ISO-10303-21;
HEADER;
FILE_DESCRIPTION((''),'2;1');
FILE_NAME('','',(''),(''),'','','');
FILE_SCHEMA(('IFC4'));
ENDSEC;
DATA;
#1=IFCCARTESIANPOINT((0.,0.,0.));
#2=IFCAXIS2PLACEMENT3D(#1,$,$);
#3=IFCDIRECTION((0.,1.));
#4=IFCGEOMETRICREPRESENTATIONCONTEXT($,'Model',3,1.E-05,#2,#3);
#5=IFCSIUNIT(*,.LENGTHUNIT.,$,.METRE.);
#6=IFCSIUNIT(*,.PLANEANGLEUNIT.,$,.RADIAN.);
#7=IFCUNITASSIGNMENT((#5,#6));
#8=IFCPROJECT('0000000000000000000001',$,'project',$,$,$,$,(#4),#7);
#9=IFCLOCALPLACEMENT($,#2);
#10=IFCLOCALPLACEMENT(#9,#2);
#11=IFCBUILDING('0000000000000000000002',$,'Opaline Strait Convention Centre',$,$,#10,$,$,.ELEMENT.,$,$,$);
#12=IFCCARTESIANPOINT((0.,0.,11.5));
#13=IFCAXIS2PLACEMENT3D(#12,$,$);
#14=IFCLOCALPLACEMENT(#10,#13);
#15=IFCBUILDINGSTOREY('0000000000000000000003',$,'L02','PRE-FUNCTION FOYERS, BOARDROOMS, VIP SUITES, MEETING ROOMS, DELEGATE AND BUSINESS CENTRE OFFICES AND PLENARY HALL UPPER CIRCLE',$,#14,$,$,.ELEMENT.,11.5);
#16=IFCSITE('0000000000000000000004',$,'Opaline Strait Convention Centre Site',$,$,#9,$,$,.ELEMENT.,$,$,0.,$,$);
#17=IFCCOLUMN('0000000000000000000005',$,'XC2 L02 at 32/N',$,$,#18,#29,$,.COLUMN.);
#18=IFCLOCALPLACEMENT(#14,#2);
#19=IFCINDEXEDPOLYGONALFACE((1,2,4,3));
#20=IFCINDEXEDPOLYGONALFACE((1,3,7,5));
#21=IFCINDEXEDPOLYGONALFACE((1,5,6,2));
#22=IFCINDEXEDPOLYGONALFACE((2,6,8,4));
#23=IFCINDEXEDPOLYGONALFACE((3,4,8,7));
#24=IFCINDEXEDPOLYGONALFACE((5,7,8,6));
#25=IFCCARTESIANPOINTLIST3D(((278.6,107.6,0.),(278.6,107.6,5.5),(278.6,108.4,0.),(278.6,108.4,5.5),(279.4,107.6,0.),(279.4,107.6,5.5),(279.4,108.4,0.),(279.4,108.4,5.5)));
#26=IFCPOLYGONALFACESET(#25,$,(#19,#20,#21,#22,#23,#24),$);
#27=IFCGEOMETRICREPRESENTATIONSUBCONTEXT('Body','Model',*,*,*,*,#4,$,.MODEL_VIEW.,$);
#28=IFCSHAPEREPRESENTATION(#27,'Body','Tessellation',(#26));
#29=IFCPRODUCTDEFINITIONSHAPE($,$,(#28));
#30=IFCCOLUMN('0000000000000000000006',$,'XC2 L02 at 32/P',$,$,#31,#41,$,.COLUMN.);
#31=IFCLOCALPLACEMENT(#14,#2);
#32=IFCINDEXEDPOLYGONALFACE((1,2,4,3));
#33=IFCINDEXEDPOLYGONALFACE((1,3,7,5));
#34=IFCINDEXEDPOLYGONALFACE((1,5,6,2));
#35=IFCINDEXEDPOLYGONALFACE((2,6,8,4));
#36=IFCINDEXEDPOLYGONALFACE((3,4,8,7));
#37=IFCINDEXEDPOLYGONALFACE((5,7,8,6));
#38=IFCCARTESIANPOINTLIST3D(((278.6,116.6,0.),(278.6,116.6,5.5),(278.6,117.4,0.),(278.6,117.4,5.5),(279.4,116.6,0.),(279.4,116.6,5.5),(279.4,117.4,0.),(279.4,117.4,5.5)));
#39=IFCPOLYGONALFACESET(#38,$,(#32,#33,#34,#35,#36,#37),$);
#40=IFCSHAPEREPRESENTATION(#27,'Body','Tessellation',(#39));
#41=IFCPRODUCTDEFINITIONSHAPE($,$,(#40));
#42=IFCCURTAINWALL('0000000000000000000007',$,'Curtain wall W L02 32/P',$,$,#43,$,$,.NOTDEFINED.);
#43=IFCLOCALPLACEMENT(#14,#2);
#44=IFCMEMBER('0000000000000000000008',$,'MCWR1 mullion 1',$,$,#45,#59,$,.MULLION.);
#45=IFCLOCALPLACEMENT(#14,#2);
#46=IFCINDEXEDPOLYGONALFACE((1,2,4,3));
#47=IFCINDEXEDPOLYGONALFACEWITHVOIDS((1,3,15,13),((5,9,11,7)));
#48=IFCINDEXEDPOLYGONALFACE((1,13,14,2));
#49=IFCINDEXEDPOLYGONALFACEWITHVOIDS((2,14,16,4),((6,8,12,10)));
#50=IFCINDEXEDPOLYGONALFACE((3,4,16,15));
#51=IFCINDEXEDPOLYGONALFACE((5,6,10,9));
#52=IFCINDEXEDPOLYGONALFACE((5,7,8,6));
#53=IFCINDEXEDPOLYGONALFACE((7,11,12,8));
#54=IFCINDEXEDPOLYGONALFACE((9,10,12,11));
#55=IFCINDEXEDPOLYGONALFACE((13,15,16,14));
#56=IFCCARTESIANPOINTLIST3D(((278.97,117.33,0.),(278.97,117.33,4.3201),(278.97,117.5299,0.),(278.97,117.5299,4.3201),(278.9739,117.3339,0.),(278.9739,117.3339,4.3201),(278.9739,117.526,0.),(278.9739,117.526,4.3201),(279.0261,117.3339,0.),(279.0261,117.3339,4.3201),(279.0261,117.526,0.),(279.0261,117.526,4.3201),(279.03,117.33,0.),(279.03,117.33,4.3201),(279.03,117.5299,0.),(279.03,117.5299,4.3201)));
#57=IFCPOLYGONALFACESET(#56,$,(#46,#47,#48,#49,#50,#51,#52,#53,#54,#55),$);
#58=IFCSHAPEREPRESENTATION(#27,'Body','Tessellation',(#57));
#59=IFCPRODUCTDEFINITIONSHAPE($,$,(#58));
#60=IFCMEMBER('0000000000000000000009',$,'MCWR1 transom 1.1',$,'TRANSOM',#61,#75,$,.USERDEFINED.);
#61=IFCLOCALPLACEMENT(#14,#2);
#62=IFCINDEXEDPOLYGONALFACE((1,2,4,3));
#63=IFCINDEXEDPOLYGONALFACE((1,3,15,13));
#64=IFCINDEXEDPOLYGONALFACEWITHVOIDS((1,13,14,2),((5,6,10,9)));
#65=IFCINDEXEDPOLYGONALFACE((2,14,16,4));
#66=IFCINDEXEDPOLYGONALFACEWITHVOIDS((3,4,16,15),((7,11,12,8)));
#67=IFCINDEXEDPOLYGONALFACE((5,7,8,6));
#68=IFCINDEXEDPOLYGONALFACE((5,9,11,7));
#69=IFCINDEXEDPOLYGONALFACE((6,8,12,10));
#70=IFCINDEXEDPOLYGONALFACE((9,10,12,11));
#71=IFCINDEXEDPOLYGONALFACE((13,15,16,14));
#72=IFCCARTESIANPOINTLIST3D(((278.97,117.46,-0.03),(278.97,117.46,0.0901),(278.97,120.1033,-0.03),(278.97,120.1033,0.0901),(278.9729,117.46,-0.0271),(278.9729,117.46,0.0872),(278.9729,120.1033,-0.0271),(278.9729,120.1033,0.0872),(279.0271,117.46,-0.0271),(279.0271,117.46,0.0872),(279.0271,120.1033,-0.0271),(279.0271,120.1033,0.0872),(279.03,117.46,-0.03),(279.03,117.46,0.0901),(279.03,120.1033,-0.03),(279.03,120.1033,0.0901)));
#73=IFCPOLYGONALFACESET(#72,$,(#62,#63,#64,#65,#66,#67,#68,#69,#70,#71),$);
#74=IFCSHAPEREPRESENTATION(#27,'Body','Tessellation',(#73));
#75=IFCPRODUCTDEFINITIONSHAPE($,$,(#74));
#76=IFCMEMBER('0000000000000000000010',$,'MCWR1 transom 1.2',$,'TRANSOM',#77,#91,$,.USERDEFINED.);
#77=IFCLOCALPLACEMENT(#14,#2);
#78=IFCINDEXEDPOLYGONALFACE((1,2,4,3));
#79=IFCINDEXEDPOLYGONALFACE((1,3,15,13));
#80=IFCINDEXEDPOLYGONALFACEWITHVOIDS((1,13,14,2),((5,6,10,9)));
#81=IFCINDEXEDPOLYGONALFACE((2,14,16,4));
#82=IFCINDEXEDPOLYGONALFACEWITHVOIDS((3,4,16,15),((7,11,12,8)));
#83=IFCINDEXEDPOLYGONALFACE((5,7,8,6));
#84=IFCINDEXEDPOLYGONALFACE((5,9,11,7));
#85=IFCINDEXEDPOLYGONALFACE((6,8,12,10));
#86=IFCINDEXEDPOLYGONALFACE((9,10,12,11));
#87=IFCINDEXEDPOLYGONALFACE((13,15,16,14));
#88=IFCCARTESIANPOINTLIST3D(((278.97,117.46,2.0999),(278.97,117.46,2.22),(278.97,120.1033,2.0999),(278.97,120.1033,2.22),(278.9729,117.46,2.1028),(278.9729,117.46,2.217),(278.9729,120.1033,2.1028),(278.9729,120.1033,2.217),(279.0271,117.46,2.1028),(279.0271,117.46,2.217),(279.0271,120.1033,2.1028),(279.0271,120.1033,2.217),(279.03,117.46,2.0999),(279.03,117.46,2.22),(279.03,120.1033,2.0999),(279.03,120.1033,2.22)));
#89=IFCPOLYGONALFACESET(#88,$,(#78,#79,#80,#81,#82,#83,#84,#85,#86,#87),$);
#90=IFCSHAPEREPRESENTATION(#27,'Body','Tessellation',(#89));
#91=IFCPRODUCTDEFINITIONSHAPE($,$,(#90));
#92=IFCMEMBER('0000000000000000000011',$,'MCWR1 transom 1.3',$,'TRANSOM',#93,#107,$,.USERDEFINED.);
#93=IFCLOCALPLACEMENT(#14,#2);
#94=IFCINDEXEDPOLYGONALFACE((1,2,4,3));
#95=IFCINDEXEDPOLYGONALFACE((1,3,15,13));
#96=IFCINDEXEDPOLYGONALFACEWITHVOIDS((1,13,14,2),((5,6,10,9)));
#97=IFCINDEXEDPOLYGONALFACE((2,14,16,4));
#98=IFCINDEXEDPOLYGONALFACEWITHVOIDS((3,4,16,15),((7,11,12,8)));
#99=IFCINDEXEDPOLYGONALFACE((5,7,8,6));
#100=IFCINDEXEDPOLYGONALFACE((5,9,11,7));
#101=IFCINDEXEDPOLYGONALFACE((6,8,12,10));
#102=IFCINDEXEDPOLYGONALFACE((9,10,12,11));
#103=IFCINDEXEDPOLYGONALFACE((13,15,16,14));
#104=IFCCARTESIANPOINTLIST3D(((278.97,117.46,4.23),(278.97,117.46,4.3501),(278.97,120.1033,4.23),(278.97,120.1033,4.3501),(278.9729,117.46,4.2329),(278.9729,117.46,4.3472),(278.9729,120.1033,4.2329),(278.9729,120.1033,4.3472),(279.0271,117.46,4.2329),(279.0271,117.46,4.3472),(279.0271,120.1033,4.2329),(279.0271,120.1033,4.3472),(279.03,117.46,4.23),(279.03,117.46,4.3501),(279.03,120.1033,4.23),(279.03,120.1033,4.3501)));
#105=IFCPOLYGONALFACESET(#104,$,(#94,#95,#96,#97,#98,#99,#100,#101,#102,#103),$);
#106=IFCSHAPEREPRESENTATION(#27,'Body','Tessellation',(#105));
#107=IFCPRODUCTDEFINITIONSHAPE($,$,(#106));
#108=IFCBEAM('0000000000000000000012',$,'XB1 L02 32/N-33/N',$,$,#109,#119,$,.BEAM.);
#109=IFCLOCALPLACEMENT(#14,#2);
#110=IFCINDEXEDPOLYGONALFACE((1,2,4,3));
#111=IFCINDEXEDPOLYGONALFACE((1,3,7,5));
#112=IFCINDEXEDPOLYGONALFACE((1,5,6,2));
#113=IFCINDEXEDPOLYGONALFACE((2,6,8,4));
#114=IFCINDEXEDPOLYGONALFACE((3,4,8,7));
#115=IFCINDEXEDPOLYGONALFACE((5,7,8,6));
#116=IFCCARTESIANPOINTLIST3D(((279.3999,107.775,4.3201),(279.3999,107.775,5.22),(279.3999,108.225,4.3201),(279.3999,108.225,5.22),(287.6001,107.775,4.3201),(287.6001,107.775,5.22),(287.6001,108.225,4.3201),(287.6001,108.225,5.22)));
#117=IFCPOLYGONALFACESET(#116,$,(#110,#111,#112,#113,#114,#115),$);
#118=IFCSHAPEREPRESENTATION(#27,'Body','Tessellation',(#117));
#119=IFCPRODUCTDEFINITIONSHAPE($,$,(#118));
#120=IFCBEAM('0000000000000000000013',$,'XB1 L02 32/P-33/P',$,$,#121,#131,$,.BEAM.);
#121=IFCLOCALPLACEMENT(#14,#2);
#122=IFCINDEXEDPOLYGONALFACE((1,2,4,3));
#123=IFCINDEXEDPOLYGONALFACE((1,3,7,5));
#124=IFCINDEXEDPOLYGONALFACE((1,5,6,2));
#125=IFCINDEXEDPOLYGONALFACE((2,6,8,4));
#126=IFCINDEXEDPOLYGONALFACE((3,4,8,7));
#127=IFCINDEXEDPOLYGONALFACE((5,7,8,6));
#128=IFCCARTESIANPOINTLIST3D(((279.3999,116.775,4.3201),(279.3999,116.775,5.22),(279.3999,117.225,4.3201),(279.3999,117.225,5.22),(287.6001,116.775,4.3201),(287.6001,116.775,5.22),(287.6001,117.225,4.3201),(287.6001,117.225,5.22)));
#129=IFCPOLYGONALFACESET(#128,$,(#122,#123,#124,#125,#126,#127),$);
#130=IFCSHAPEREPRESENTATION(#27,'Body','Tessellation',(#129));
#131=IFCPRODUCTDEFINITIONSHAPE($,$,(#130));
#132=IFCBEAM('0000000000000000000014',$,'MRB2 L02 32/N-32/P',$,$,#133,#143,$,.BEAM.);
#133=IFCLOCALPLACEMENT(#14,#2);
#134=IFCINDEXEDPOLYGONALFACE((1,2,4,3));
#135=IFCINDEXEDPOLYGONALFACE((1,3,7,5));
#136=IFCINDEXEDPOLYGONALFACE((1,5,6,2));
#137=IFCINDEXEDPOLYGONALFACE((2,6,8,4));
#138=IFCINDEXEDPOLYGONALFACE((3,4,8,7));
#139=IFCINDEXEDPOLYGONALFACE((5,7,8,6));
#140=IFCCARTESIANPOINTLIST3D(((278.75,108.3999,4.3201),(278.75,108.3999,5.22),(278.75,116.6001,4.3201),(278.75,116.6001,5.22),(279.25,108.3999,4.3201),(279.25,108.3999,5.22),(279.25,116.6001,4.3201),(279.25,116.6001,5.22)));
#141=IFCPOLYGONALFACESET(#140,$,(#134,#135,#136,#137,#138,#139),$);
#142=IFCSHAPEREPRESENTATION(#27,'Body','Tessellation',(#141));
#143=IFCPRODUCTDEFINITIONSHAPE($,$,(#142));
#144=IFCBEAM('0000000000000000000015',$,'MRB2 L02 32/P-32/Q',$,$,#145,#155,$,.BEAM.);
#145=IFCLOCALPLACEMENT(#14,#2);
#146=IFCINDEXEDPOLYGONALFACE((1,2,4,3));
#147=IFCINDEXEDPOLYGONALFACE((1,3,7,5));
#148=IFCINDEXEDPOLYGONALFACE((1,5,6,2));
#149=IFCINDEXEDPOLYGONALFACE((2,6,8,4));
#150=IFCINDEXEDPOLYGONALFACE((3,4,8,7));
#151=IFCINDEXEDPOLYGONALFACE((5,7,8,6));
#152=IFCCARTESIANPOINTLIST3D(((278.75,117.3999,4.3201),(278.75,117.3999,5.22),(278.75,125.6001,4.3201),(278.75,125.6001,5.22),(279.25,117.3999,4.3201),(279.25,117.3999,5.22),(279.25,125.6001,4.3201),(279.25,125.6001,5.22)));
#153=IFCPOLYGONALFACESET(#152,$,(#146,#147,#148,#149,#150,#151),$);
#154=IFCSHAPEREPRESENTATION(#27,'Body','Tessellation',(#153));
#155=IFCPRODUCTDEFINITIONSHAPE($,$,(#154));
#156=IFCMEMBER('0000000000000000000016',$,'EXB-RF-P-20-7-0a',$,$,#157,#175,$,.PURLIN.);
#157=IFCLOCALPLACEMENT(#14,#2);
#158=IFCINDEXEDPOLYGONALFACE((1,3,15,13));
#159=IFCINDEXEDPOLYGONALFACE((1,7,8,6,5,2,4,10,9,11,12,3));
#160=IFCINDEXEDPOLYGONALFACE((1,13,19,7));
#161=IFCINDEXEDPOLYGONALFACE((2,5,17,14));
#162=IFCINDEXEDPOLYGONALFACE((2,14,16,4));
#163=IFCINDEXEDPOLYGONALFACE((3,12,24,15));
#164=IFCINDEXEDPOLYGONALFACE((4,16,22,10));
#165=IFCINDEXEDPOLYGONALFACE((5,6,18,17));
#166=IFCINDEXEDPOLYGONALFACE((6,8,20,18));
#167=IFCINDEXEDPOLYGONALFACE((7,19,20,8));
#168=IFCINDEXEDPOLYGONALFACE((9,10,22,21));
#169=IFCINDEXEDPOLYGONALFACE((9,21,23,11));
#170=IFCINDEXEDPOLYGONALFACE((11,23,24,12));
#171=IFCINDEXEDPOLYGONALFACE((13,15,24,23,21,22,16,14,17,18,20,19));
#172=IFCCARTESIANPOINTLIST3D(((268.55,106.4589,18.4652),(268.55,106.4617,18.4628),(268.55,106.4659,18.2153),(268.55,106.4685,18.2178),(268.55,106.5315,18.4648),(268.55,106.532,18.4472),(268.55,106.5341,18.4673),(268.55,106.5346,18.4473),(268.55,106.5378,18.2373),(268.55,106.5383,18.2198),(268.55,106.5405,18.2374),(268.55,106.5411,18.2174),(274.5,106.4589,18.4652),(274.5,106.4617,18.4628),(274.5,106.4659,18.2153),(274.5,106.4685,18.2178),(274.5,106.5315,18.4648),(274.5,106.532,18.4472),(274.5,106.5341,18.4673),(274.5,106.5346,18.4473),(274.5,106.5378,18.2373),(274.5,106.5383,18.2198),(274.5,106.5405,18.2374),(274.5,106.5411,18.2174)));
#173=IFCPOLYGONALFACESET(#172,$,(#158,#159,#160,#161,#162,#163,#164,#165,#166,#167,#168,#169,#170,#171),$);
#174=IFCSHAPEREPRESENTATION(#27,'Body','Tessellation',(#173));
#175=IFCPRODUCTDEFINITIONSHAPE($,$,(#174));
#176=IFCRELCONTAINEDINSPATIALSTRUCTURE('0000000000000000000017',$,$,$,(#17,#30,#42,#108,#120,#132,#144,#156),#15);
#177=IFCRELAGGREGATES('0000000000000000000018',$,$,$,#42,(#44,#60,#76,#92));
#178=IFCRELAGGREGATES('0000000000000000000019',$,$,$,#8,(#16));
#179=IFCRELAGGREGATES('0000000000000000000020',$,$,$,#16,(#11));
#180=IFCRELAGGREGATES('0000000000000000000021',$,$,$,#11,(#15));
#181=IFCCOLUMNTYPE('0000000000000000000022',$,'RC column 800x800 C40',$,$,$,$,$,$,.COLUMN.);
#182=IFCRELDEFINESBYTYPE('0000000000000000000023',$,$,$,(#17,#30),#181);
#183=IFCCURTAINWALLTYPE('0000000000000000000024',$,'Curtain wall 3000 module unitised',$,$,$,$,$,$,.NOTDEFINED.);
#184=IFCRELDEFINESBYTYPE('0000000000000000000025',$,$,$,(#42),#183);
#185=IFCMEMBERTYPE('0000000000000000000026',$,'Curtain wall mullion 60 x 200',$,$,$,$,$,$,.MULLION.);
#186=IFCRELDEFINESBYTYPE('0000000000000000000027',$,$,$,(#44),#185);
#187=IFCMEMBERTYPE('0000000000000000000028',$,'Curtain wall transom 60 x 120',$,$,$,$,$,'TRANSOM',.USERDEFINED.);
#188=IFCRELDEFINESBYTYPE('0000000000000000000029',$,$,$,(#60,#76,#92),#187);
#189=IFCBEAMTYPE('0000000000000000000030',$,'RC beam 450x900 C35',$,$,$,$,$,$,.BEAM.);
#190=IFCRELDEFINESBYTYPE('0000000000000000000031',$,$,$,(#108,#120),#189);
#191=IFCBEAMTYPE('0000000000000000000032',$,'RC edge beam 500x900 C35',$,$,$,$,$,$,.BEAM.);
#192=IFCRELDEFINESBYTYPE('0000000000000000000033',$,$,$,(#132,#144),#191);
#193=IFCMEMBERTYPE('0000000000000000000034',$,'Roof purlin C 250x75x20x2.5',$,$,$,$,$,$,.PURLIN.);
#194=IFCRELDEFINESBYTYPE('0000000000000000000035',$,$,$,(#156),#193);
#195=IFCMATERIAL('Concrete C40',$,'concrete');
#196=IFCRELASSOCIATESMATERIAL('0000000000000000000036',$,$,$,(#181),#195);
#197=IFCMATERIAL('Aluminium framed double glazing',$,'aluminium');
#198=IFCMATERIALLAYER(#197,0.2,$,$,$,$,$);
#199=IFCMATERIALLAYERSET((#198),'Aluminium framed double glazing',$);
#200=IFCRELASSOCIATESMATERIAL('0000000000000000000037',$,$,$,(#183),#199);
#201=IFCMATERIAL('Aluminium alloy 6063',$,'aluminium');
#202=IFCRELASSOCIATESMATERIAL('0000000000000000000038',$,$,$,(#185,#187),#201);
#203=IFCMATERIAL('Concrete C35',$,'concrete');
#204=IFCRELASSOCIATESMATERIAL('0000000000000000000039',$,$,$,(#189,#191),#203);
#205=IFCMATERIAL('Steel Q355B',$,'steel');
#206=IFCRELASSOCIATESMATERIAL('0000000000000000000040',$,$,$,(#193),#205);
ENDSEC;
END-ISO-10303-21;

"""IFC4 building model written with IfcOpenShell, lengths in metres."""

from ifc_helpers import new_model, si_unit, direction, frame, origin, origin_2d, place, context, subcontext, project, spatial, polyline, rectangle, hollow_rectangle, outline, extrude, material, layer, layer_set, material_profile, profile_set, type_object, element, aggregate, save


model = new_model("IFC4")

# Units and contexts
model_context = context("Model", 3, precision=1e-05, world=origin(), true_north=direction((0.0, 1.0)))
body_context = subcontext(model_context, "Body", "Model", "MODEL_VIEW")
ifc_project = project(units=[si_unit("LENGTHUNIT", "METRE"), si_unit("PLANEANGLEUNIT", "RADIAN")], contexts=[model_context])

# Site, building, storey
site_placement = place(None, origin())
site = spatial("IfcSite", under=ifc_project, at=site_placement, Name="Opaline Strait Convention Centre Site", CompositionType="ELEMENT", RefElevation=0.0)
building_placement = place(site_placement, origin())
building = spatial("IfcBuilding", under=site, at=building_placement, Name="Opaline Strait Convention Centre", CompositionType="ELEMENT")
storey_placement = place(building_placement, frame((0.0, 0.0, 11.5)))
storey = spatial("IfcBuildingStorey", under=building, at=storey_placement, Name="L02", Description="PRE-FUNCTION FOYERS, BOARDROOMS, VIP SUITES, MEETING ROOMS, DELEGATE AND BUSINESS CENTRE OFFICES AND PLENARY HALL UPPER CIRCLE", CompositionType="ELEMENT", Elevation=11.5)

# Columns
ifc_material_1 = material(Name="Concrete C40", Category="concrete")
ifc_material_profile_1 = material_profile(ifc_material_1, rectangle(XDim=0.8, YDim=0.8, at=origin_2d()), Name="RC 800x800")
ifc_profile_set_1 = profile_set([ifc_material_profile_1], Name="Concrete C40")
column_type = type_object("IfcColumnType", Name="RC column 800x800 C40", PredefinedType="COLUMN", material=ifc_profile_set_1)
for number, where, z_axis, x_axis, name in (
    (1, (279.0, 108.0, 0.0), (0.0, 0.0, 1.0), (1.0, 0.0, 0.0), "XC2 L02 at 32/N"),
    (2, (279.0, 117.0, 0.0), (0.0, 0.0, 1.0), (1.0, 0.0, 0.0), "XC2 L02 at 32/P"),
):
    element("IfcColumn", number, at=place(storey_placement, frame(where, z_axis=z_axis, x_axis=x_axis)), inside=storey, type_object=column_type, Name=name, PredefinedType="COLUMN", context=body_context, shape_type="SweptSolid", body=[
        extrude(rectangle(XDim=0.8, YDim=0.8, at=origin_2d()), origin(), (0.0, 0.0, 1.0), 5.5),
    ])

# Curtain wall, members
ifc_material_2 = material(Name="Aluminium framed double glazing", Category="aluminium")
ifc_layer_1 = layer(ifc_material_2, 0.2)
ifc_layer_set_1 = layer_set([ifc_layer_1], Name="Aluminium framed double glazing")
curtain_wall_type = type_object("IfcCurtainWallType", Name="Curtain wall 3000 module unitised", PredefinedType="NOTDEFINED", material=ifc_layer_set_1)
curtain_wall_placement = place(storey_placement, origin())
curtain_wall = element("IfcCurtainWall", 3, at=curtain_wall_placement, inside=storey, type_object=curtain_wall_type, Name="Curtain wall W L02 32/P", PredefinedType="NOTDEFINED")
ifc_material_3 = material(Name="Aluminium alloy 6063", Category="aluminium")
ifc_material_profile_2 = material_profile(ifc_material_3, hollow_rectangle(XDim=0.0601, YDim=0.2, WallThickness=0.0039, at=origin_2d()), Name="MULLION 60x200x4")
ifc_profile_set_2 = profile_set([ifc_material_profile_2], Name="Aluminium alloy 6063")
member_type_1 = type_object("IfcMemberType", Name="Curtain wall mullion 60 x 200", PredefinedType="MULLION", material=ifc_profile_set_2)
member_1_placement = place(storey_placement, frame((279.0, 117.4299, 0.0), z_axis=(0.0, 0.0, 1.0), x_axis=(-1.0, 0.0, 0.0)))
member_1 = element("IfcMember", 4, at=member_1_placement, type_object=member_type_1, Name="MCWR1 mullion 1", PredefinedType="MULLION", context=body_context, shape_type="SweptSolid", body=[
    extrude(hollow_rectangle(XDim=0.0601, YDim=0.2, WallThickness=0.0039, at=origin_2d()), origin(), (0.0, 0.0, 1.0), 4.3201),
])
ifc_material_profile_3 = material_profile(ifc_material_3, hollow_rectangle(XDim=0.0601, YDim=0.1201, WallThickness=0.0029, at=origin_2d()), Name="TRANSOM 60x120x3")
ifc_profile_set_3 = profile_set([ifc_material_profile_3], Name="Aluminium alloy 6063")
member_type_2 = type_object("IfcMemberType", Name="Curtain wall transom 60 x 120", ElementType="TRANSOM", PredefinedType="USERDEFINED", material=ifc_profile_set_3)
member_2_placement = place(storey_placement, frame((279.0, 117.46, 0.03), z_axis=(0.0, 1.0, 0.0), x_axis=(-1.0, 0.0, 0.0)))
member_2 = element("IfcMember", 5, at=member_2_placement, type_object=member_type_2, Name="MCWR1 transom 1.1", ObjectType="TRANSOM", PredefinedType="USERDEFINED", context=body_context, shape_type="SweptSolid", body=[
    extrude(hollow_rectangle(XDim=0.0601, YDim=0.1201, WallThickness=0.0029, at=origin_2d()), origin(), (0.0, 0.0, 1.0), 2.6433),
])
member_3_placement = place(storey_placement, frame((279.0, 117.46, 2.1599), z_axis=(0.0, 1.0, 0.0), x_axis=(-1.0, 0.0, 0.0)))
member_3 = element("IfcMember", 6, at=member_3_placement, type_object=member_type_2, Name="MCWR1 transom 1.2", ObjectType="TRANSOM", PredefinedType="USERDEFINED", context=body_context, shape_type="SweptSolid", body=[
    extrude(hollow_rectangle(XDim=0.0601, YDim=0.1201, WallThickness=0.0029, at=origin_2d()), origin(), (0.0, 0.0, 1.0), 2.6433),
])
member_4_placement = place(storey_placement, frame((279.0, 117.46, 4.29), z_axis=(0.0, 1.0, 0.0), x_axis=(-1.0, 0.0, 0.0)))
member_4 = element("IfcMember", 7, at=member_4_placement, type_object=member_type_2, Name="MCWR1 transom 1.3", ObjectType="TRANSOM", PredefinedType="USERDEFINED", context=body_context, shape_type="SweptSolid", body=[
    extrude(hollow_rectangle(XDim=0.0601, YDim=0.1201, WallThickness=0.0029, at=origin_2d()), origin(), (0.0, 0.0, 1.0), 2.6433),
])
aggregate(curtain_wall, [member_1, member_2, member_3, member_4])

# Beams
ifc_material_4 = material(Name="Concrete C35", Category="concrete")
ifc_material_profile_4 = material_profile(ifc_material_4, rectangle(XDim=0.45, YDim=0.8999, at=origin_2d()), Name="RC 450x900")
ifc_profile_set_4 = profile_set([ifc_material_profile_4], Name="Concrete C35")
beam_type_1 = type_object("IfcBeamType", Name="RC beam 450x900 C35", PredefinedType="BEAM", material=ifc_profile_set_4)
for number, where, z_axis, x_axis, name in (
    (8, (279.3999, 108.0, 4.77), (1.0, 0.0, 0.0), (0.0, 1.0, 0.0), "XB1 L02 32/N-33/N"),
    (9, (279.3999, 117.0, 4.77), (1.0, 0.0, 0.0), (0.0, 1.0, 0.0), "XB1 L02 32/P-33/P"),
):
    element("IfcBeam", number, at=place(storey_placement, frame(where, z_axis=z_axis, x_axis=x_axis)), inside=storey, type_object=beam_type_1, Name=name, PredefinedType="BEAM", context=body_context, shape_type="SweptSolid", body=[
        extrude(rectangle(XDim=0.45, YDim=0.8999, at=origin_2d()), origin(), (0.0, 0.0, 1.0), 8.2002),
    ])
ifc_material_profile_5 = material_profile(ifc_material_4, rectangle(XDim=0.5, YDim=0.8999, at=origin_2d()), Name="RC 500x900")
ifc_profile_set_5 = profile_set([ifc_material_profile_5], Name="Concrete C35")
beam_type_2 = type_object("IfcBeamType", Name="RC edge beam 500x900 C35", PredefinedType="BEAM", material=ifc_profile_set_5)
for number, where, z_axis, x_axis, name in (
    (10, (279.0, 108.3999, 4.77), (0.0, 1.0, 0.0), (-1.0, 0.0, 0.0), "MRB2 L02 32/N-32/P"),
    (11, (279.0, 117.3999, 4.77), (0.0, 1.0, 0.0), (-1.0, 0.0, 0.0), "MRB2 L02 32/P-32/Q"),
):
    element("IfcBeam", number, at=place(storey_placement, frame(where, z_axis=z_axis, x_axis=x_axis)), inside=storey, type_object=beam_type_2, Name=name, PredefinedType="BEAM", context=body_context, shape_type="SweptSolid", body=[
        extrude(rectangle(XDim=0.5, YDim=0.8999, at=origin_2d()), origin(), (0.0, 0.0, 1.0), 8.2002),
    ])

# Member
ifc_material_5 = material(Name="Steel Q355B", Category="steel")
ifc_material_profile_6 = material_profile(ifc_material_5, outline(polyline([(-0.0376, -0.125), (0.0376, -0.125), (0.0376, -0.105), (0.0349, -0.105), (0.0349, -0.1226), (-0.0349, -0.1226), (-0.0349, 0.1226), (0.0349, 0.1226), (0.0349, 0.105), (0.0376, 0.105), (0.0376, 0.125), (-0.0376, 0.125), (-0.0376, -0.125)])), Name="C 250x75x20x2.5")
ifc_profile_set_6 = profile_set([ifc_material_profile_6], Name="Steel Q355B")
member_type_3 = type_object("IfcMemberType", Name="Roof purlin C 250x75x20x2.5", PredefinedType="PURLIN", material=ifc_profile_set_6)
member_5_placement = place(storey_placement, frame((268.55, 106.5, 18.3413), z_axis=(1.0, 0.0, 0.0), x_axis=(0.0, 0.999606, 0.028066)))
element("IfcMember", 12, at=member_5_placement, inside=storey, type_object=member_type_3, Name="EXB-RF-P-20-7-0a", PredefinedType="PURLIN", context=body_context, shape_type="SweptSolid", body=[
    extrude(outline(polyline([(-0.0376, -0.125), (0.0376, -0.125), (0.0376, -0.105), (0.0349, -0.105), (0.0349, -0.1226), (-0.0349, -0.1226), (-0.0349, 0.1226), (0.0349, 0.1226), (0.0349, 0.105), (0.0376, 0.105), (0.0376, 0.125), (-0.0376, 0.125), (-0.0376, -0.125)])), origin(), (0.0, 0.0, 1.0), 5.95),
])

save(model, "model.ifc")
